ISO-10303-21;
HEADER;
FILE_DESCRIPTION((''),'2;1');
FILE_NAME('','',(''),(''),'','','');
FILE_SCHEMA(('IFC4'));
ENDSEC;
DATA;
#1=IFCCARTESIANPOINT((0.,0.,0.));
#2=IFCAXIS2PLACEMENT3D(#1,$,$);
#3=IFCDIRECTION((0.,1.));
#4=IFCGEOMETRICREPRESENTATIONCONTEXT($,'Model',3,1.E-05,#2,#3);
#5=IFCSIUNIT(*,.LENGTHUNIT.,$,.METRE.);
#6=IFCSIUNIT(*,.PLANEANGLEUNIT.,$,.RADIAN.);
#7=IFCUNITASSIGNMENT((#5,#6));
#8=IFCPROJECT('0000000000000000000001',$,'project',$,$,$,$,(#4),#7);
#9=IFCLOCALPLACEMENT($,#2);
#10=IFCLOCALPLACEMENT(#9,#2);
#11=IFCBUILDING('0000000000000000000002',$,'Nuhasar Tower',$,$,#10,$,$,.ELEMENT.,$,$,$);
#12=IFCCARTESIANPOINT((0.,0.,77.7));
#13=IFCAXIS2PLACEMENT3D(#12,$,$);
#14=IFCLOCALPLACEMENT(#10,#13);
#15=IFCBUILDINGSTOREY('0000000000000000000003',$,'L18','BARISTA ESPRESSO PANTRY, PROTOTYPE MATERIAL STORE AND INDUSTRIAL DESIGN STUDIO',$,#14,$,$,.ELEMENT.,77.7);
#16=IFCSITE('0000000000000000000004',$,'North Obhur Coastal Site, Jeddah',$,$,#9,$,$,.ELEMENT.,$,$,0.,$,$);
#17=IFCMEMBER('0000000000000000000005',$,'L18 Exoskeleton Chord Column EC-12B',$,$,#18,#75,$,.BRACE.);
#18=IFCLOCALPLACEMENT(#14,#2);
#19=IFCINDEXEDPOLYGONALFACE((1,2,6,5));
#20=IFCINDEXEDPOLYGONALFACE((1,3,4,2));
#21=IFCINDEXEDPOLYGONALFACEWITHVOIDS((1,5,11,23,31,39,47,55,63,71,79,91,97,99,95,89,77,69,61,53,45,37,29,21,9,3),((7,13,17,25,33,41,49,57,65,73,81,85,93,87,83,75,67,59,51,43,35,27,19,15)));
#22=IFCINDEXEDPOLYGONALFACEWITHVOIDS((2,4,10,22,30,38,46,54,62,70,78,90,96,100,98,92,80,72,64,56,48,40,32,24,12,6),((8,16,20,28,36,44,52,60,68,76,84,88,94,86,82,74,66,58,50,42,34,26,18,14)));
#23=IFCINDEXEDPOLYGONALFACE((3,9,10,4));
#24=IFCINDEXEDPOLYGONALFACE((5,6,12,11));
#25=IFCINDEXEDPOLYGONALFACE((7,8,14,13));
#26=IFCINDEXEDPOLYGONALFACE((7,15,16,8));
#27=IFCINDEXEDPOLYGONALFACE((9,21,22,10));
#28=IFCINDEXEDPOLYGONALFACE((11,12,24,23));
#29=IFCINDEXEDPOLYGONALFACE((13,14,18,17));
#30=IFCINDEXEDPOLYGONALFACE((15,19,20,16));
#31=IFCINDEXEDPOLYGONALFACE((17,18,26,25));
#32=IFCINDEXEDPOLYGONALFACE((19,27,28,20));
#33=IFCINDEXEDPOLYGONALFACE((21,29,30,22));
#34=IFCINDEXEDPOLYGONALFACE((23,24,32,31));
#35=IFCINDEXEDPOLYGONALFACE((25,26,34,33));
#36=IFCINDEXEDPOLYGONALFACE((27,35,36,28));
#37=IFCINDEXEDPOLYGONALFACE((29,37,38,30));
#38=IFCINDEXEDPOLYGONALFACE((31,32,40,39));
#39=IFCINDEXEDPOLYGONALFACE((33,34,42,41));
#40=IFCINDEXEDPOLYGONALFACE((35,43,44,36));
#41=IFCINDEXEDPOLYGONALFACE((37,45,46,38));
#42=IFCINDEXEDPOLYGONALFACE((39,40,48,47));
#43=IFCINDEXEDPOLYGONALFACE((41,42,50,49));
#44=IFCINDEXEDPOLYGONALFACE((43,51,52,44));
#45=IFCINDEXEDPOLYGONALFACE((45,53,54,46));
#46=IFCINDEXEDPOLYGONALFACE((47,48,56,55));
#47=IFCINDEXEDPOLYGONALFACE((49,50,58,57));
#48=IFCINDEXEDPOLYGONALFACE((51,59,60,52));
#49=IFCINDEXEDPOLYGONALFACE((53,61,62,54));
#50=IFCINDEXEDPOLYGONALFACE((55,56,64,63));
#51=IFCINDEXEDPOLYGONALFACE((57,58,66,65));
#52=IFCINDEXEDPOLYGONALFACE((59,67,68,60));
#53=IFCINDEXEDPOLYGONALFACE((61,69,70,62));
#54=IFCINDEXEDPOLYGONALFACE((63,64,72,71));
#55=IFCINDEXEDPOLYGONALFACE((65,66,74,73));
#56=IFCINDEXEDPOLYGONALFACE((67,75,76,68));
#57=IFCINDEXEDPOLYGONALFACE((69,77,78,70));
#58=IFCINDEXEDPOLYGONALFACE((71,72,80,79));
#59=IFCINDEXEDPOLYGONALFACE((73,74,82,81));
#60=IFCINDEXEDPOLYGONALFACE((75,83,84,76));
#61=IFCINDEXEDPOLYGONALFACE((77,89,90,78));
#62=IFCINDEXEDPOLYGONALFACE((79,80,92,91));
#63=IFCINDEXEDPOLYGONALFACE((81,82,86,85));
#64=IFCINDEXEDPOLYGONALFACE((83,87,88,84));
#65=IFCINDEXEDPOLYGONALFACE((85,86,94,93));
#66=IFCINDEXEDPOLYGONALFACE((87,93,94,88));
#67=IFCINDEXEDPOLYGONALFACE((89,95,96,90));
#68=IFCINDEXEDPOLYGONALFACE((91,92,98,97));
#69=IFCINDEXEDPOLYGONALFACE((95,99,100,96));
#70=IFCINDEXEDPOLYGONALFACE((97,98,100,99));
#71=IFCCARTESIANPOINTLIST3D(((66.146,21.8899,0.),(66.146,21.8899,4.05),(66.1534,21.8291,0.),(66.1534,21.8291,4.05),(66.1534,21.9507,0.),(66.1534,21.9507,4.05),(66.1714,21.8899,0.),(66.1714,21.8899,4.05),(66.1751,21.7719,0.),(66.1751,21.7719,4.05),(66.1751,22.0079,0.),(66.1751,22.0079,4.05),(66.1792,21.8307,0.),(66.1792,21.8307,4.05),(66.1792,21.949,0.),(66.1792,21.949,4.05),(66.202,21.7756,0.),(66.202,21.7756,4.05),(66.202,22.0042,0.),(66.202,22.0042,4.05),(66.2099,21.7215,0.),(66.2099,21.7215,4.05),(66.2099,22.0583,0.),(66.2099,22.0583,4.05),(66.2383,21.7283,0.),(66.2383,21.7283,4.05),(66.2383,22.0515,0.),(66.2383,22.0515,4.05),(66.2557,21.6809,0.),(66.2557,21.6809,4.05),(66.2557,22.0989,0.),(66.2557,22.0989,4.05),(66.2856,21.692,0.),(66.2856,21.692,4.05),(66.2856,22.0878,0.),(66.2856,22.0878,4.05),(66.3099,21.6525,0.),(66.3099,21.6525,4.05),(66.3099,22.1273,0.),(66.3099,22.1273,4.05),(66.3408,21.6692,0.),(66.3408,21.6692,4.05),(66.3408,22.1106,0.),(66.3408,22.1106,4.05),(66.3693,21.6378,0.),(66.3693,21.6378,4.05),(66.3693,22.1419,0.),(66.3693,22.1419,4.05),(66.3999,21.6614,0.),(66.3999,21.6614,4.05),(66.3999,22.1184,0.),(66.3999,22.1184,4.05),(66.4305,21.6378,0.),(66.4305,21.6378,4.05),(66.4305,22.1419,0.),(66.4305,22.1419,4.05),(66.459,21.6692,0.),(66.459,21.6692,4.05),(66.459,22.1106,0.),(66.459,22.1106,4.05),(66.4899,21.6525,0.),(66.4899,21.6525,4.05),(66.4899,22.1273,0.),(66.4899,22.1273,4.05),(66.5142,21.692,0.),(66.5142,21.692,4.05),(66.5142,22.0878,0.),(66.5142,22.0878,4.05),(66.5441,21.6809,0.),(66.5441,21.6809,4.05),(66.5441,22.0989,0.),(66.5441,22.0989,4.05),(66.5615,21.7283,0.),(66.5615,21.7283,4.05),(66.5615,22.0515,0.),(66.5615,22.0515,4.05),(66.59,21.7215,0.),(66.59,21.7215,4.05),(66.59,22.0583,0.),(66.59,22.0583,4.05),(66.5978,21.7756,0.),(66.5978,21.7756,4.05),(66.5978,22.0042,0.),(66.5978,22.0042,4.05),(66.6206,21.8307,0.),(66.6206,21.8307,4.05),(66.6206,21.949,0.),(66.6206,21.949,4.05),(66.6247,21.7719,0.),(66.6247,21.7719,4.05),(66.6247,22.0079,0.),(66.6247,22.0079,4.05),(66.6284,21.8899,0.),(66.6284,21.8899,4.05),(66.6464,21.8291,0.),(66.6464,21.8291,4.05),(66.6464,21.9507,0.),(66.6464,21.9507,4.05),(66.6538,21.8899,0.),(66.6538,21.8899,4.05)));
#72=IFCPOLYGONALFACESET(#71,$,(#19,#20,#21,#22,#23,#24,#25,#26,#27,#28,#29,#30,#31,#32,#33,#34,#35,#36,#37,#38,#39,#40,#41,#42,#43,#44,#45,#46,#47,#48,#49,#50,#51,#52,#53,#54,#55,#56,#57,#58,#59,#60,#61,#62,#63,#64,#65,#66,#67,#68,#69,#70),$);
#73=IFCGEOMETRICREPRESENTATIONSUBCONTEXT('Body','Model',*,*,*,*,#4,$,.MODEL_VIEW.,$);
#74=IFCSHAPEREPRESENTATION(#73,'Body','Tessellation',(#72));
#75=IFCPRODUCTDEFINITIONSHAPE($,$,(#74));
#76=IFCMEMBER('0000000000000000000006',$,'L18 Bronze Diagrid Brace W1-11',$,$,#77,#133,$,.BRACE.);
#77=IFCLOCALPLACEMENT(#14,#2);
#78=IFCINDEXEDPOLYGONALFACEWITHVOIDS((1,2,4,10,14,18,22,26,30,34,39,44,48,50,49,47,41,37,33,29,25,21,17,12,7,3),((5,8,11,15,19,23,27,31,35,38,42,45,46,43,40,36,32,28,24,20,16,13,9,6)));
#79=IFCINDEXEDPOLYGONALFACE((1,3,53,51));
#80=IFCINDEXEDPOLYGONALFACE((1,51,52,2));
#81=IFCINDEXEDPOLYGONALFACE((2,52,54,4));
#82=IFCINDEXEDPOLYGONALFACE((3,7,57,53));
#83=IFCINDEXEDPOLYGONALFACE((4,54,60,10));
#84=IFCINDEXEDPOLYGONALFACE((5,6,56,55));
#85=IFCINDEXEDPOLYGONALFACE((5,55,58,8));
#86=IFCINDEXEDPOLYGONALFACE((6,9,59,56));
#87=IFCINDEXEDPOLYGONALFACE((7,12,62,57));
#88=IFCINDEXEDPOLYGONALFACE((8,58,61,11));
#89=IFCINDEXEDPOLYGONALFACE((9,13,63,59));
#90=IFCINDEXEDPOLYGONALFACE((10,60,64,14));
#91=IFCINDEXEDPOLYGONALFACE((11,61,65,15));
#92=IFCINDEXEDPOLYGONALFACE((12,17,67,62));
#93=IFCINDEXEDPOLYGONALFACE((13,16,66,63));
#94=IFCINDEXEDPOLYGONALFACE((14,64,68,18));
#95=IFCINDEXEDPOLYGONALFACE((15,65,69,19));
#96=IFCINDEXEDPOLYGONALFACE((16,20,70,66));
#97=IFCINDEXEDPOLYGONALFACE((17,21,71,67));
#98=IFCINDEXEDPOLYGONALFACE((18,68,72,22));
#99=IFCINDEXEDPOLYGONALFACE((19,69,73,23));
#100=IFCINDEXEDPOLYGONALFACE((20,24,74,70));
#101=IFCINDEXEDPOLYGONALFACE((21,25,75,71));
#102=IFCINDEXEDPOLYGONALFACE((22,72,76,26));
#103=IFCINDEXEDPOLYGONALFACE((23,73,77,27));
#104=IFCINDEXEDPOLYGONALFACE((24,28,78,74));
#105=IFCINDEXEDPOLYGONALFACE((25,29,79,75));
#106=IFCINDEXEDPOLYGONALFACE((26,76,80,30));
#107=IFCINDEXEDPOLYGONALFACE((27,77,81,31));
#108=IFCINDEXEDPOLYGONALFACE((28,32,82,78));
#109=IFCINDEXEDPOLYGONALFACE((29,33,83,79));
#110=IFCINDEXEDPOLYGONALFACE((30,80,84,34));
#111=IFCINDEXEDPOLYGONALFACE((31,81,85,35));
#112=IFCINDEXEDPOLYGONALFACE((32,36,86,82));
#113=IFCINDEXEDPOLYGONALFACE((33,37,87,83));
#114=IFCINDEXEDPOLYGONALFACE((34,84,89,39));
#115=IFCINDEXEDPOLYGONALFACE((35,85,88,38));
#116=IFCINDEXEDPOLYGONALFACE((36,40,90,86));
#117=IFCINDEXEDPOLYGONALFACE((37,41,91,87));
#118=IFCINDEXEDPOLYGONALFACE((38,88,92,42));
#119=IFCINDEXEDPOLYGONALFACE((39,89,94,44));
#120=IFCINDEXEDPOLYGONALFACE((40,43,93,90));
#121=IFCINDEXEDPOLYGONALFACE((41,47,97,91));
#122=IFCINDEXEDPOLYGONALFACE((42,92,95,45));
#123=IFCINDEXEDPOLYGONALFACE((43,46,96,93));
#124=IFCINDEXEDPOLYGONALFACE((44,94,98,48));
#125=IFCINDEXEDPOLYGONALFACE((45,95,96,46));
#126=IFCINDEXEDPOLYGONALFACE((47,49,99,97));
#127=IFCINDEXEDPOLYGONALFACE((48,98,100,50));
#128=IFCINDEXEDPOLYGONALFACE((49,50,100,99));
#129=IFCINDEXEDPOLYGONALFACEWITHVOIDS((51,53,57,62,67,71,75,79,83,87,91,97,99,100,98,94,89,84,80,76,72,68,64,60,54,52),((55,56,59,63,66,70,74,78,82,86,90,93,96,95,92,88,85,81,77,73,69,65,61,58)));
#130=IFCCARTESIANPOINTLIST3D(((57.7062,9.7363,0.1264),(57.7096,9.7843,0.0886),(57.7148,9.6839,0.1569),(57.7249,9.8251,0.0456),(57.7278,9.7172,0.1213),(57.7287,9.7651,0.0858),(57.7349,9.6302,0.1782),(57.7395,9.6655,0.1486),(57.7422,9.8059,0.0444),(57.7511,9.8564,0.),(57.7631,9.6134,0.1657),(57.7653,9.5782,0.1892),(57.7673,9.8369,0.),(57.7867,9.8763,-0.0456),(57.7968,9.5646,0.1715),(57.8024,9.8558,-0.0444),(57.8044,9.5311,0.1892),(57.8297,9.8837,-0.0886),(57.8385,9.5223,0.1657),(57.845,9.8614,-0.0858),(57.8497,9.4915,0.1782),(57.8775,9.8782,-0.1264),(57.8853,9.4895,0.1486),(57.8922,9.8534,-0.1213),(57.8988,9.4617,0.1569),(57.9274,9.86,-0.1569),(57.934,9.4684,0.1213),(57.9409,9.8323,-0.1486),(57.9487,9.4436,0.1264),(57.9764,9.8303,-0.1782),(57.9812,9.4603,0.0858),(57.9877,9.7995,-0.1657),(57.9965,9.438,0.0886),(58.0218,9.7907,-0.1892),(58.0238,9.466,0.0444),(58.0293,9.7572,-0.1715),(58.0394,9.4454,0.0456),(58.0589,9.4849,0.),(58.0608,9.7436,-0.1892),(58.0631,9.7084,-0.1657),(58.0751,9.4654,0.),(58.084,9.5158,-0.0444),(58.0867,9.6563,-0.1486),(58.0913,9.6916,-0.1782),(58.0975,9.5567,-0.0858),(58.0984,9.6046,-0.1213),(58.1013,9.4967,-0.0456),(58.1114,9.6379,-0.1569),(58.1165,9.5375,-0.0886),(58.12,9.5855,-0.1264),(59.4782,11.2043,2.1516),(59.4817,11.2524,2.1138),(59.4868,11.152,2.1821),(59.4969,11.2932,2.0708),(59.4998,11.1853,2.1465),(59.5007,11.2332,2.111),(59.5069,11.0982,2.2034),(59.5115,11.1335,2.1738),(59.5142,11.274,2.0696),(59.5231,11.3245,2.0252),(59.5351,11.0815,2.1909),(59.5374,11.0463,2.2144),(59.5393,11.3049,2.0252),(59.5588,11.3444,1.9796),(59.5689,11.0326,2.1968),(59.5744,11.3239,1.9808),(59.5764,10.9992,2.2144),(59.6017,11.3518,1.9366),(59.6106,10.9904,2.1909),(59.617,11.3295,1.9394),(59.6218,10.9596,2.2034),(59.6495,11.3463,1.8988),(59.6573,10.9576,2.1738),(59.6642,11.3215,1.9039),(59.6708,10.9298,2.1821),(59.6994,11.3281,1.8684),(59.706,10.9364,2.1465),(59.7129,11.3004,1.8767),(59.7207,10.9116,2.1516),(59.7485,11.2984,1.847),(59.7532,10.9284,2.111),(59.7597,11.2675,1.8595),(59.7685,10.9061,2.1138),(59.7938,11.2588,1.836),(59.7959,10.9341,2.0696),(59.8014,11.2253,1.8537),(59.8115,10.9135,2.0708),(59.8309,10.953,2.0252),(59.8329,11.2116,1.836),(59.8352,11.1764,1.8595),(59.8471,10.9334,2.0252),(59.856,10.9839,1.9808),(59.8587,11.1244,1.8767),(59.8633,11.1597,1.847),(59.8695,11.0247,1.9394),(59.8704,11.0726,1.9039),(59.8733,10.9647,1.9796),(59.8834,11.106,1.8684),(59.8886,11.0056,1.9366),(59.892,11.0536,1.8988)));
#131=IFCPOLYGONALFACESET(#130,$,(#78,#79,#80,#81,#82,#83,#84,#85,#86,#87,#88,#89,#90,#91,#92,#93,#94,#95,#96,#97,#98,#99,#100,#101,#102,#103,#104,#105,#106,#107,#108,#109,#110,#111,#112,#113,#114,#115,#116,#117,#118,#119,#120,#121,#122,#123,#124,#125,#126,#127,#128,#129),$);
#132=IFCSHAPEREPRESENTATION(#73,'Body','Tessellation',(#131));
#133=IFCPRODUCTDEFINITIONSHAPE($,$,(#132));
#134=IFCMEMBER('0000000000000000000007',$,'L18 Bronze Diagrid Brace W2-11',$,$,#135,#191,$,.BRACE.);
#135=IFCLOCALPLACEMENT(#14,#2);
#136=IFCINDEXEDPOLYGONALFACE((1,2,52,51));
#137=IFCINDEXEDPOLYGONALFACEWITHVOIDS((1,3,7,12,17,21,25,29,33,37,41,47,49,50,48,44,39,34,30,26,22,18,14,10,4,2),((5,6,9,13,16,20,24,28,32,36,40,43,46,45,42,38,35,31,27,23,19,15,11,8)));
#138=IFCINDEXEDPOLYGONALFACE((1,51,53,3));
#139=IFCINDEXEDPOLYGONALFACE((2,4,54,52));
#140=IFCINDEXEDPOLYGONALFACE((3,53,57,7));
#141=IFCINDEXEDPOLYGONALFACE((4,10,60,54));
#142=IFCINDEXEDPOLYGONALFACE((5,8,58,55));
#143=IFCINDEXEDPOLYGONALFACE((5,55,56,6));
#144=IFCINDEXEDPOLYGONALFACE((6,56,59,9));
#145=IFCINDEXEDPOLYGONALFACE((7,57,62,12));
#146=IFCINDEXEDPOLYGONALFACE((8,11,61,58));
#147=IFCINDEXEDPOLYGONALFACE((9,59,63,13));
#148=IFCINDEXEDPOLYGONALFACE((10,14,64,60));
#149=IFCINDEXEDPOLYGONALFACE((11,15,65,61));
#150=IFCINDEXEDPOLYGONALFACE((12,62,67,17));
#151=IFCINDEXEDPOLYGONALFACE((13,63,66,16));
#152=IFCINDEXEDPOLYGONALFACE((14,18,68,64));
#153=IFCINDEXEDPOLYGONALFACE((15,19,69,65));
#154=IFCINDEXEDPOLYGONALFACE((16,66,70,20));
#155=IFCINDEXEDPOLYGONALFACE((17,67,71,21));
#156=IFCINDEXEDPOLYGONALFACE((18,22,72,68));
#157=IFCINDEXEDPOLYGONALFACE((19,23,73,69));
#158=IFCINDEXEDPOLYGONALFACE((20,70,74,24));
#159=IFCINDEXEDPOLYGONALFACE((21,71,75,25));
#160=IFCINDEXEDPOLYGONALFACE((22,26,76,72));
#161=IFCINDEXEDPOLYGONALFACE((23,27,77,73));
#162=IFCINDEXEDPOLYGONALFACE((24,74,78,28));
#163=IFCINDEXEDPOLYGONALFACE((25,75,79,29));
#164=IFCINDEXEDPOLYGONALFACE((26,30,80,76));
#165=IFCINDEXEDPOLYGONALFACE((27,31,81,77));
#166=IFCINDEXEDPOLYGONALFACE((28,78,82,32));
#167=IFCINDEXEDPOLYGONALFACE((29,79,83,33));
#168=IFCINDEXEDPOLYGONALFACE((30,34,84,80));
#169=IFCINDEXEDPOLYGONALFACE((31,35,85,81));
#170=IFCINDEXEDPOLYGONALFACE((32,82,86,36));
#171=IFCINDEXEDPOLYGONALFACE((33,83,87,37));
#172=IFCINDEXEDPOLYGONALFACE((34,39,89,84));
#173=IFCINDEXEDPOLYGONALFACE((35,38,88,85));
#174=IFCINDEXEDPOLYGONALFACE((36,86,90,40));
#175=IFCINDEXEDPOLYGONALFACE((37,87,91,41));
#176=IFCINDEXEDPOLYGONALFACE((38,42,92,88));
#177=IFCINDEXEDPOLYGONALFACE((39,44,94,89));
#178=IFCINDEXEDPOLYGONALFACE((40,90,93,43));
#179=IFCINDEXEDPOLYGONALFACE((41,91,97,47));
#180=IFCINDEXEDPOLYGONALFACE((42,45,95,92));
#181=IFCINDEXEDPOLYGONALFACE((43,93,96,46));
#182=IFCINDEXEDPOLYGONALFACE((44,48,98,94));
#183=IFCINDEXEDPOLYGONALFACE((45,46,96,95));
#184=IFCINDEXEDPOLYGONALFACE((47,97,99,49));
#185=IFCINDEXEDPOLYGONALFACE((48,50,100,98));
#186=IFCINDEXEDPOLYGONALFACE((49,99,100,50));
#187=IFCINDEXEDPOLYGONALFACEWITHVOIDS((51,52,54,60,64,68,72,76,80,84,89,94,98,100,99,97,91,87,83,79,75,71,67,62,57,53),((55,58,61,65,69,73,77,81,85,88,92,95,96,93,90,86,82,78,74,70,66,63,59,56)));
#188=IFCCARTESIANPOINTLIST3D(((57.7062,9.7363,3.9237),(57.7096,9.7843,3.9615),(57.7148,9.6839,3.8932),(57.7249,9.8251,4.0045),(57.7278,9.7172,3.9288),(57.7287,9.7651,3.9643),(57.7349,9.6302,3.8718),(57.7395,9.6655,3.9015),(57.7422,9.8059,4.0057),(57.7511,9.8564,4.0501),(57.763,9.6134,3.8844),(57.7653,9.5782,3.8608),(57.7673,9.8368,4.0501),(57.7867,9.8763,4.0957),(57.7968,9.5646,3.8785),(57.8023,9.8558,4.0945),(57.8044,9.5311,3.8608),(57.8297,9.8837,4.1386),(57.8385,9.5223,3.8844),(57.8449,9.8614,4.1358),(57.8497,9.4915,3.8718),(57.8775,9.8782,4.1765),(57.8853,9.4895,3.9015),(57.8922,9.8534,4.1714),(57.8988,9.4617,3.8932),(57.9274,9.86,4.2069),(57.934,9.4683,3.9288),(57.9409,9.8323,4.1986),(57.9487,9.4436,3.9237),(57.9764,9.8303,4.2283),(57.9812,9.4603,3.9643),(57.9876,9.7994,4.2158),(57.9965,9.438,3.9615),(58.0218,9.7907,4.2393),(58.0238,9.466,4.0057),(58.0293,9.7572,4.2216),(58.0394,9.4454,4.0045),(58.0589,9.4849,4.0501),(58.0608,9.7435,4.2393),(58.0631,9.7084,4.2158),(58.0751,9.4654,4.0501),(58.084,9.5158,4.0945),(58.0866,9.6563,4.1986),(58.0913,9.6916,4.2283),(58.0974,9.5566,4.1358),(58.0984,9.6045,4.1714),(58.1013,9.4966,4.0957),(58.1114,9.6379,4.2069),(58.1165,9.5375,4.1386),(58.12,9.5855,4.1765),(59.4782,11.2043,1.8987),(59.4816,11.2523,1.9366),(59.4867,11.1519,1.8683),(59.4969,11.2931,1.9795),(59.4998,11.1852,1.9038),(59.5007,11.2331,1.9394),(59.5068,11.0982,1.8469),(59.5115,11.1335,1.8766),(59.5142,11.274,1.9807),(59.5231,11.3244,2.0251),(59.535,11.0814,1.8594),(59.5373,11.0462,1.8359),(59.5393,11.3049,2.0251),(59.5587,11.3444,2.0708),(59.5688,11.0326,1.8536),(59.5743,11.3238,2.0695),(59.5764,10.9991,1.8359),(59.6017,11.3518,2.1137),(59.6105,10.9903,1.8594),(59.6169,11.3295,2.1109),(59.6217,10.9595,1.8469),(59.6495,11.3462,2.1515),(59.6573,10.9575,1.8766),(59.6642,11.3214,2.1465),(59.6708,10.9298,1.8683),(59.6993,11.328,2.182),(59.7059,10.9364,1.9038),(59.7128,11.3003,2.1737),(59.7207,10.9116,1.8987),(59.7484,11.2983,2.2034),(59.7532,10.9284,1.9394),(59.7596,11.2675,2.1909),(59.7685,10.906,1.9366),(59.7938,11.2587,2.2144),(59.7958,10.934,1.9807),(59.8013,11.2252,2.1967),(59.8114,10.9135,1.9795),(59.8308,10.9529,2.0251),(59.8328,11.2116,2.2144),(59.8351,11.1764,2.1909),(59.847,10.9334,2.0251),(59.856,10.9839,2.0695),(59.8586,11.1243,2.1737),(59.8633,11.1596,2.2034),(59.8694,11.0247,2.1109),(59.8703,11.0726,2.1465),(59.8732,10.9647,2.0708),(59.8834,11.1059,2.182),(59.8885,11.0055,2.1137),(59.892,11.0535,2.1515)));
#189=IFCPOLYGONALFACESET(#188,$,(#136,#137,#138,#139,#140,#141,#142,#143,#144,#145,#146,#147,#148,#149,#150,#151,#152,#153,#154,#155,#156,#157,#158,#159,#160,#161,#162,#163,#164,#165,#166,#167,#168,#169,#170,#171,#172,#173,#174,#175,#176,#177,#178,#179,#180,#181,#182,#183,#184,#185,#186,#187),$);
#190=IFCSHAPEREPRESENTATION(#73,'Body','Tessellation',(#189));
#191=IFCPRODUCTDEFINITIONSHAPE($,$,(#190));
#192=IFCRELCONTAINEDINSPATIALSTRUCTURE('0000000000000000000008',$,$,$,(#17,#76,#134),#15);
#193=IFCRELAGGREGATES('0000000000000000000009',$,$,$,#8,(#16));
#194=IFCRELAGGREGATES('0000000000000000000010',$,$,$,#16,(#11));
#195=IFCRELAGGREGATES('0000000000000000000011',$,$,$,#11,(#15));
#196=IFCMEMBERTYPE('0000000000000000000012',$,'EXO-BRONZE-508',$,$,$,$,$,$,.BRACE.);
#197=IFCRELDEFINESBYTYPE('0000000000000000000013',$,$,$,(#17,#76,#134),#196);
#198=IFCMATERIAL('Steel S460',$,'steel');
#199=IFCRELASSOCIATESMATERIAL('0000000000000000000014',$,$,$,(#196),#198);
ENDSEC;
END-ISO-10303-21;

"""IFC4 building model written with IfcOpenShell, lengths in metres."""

from ifc_helpers import new_model, si_unit, direction, frame, origin, origin_2d, place, context, subcontext, project, spatial, hollow_circle, extrude, material, material_profile, profile_set, type_object, element, save


model = new_model("IFC4")

# Units and contexts
model_context = context("Model", 3, precision=1e-05, world=origin(), true_north=direction((0.0, 1.0)))
body_context = subcontext(model_context, "Body", "Model", "MODEL_VIEW")
ifc_project = project(units=[si_unit("LENGTHUNIT", "METRE"), si_unit("PLANEANGLEUNIT", "RADIAN")], contexts=[model_context])

# Site, building, storey
site_placement = place(None, origin())
site = spatial("IfcSite", under=ifc_project, at=site_placement, Name="North Obhur Coastal Site, Jeddah", CompositionType="ELEMENT", RefElevation=0.0)
building_placement = place(site_placement, origin())
building = spatial("IfcBuilding", under=site, at=building_placement, Name="Nuhasar Tower", CompositionType="ELEMENT")
storey_placement = place(building_placement, frame((0.0, 0.0, 77.7)))
storey = spatial("IfcBuildingStorey", under=building, at=storey_placement, Name="L18", Description="BARISTA ESPRESSO PANTRY, PROTOTYPE MATERIAL STORE AND INDUSTRIAL DESIGN STUDIO", CompositionType="ELEMENT", Elevation=77.7)

# Members
ifc_material_1 = material(Name="Steel S460", Category="steel")
ifc_material_profile_1 = material_profile(ifc_material_1, hollow_circle(Radius=0.2539, WallThickness=0.0254, at=origin_2d()), Name="HSS508X25.4")
ifc_profile_set_1 = profile_set([ifc_material_profile_1], Name="Steel S460")
member_type_1 = type_object("IfcMemberType", Name="EXO-BRONZE-508", PredefinedType="BRACE", material=ifc_profile_set_1)
for number, where, z_axis, x_axis, name in (
    (1, (66.3999, 21.8899, 0.0), (0.0, 0.0, 1.0), (1.0, 0.0, 0.0), "L18 Exoskeleton Chord Column EC-12B"),
):
    element("IfcMember", number, at=place(storey_placement, frame(where, z_axis=z_axis, x_axis=x_axis)), inside=storey, type_object=member_type_1, Name=name, PredefinedType="BRACE", context=body_context, shape_type="SweptSolid", body=[
        extrude(hollow_circle(Radius=0.2539, WallThickness=0.0254, at=origin_2d()), origin(), (0.0, 0.0, 1.0), 4.05),
    ])
member_1_placement = place(storey_placement, frame((57.9131, 9.6609, 0.0), z_axis=(0.578071, 0.478912, 0.660664), x_axis=(-0.637969, 0.770062, 0.0)))
element("IfcMember", 2, at=member_1_placement, inside=storey, type_object=member_type_1, Name="L18 Bronze Diagrid Brace W1-11", PredefinedType="BRACE", context=body_context, shape_type="SweptSolid", body=[
    extrude(hollow_circle(Radius=0.2539, WallThickness=0.0254, at=origin_2d()), origin(), (0.0, 0.0, 1.0), 3.0654),
])
member_2_placement = place(storey_placement, frame((59.6851, 11.1289, 2.0251), z_axis=(-0.578102, -0.478937, 0.660619), x_axis=(0.637969, -0.770062, 0.0)))
element("IfcMember", 3, at=member_2_placement, inside=storey, type_object=member_type_1, Name="L18 Bronze Diagrid Brace W2-11", PredefinedType="BRACE", context=body_context, shape_type="SweptSolid", body=[
    extrude(hollow_circle(Radius=0.2539, WallThickness=0.0254, at=origin_2d()), origin(), (0.0, 0.0, 1.0), 3.0652),
])

save(model, "model.ifc")
